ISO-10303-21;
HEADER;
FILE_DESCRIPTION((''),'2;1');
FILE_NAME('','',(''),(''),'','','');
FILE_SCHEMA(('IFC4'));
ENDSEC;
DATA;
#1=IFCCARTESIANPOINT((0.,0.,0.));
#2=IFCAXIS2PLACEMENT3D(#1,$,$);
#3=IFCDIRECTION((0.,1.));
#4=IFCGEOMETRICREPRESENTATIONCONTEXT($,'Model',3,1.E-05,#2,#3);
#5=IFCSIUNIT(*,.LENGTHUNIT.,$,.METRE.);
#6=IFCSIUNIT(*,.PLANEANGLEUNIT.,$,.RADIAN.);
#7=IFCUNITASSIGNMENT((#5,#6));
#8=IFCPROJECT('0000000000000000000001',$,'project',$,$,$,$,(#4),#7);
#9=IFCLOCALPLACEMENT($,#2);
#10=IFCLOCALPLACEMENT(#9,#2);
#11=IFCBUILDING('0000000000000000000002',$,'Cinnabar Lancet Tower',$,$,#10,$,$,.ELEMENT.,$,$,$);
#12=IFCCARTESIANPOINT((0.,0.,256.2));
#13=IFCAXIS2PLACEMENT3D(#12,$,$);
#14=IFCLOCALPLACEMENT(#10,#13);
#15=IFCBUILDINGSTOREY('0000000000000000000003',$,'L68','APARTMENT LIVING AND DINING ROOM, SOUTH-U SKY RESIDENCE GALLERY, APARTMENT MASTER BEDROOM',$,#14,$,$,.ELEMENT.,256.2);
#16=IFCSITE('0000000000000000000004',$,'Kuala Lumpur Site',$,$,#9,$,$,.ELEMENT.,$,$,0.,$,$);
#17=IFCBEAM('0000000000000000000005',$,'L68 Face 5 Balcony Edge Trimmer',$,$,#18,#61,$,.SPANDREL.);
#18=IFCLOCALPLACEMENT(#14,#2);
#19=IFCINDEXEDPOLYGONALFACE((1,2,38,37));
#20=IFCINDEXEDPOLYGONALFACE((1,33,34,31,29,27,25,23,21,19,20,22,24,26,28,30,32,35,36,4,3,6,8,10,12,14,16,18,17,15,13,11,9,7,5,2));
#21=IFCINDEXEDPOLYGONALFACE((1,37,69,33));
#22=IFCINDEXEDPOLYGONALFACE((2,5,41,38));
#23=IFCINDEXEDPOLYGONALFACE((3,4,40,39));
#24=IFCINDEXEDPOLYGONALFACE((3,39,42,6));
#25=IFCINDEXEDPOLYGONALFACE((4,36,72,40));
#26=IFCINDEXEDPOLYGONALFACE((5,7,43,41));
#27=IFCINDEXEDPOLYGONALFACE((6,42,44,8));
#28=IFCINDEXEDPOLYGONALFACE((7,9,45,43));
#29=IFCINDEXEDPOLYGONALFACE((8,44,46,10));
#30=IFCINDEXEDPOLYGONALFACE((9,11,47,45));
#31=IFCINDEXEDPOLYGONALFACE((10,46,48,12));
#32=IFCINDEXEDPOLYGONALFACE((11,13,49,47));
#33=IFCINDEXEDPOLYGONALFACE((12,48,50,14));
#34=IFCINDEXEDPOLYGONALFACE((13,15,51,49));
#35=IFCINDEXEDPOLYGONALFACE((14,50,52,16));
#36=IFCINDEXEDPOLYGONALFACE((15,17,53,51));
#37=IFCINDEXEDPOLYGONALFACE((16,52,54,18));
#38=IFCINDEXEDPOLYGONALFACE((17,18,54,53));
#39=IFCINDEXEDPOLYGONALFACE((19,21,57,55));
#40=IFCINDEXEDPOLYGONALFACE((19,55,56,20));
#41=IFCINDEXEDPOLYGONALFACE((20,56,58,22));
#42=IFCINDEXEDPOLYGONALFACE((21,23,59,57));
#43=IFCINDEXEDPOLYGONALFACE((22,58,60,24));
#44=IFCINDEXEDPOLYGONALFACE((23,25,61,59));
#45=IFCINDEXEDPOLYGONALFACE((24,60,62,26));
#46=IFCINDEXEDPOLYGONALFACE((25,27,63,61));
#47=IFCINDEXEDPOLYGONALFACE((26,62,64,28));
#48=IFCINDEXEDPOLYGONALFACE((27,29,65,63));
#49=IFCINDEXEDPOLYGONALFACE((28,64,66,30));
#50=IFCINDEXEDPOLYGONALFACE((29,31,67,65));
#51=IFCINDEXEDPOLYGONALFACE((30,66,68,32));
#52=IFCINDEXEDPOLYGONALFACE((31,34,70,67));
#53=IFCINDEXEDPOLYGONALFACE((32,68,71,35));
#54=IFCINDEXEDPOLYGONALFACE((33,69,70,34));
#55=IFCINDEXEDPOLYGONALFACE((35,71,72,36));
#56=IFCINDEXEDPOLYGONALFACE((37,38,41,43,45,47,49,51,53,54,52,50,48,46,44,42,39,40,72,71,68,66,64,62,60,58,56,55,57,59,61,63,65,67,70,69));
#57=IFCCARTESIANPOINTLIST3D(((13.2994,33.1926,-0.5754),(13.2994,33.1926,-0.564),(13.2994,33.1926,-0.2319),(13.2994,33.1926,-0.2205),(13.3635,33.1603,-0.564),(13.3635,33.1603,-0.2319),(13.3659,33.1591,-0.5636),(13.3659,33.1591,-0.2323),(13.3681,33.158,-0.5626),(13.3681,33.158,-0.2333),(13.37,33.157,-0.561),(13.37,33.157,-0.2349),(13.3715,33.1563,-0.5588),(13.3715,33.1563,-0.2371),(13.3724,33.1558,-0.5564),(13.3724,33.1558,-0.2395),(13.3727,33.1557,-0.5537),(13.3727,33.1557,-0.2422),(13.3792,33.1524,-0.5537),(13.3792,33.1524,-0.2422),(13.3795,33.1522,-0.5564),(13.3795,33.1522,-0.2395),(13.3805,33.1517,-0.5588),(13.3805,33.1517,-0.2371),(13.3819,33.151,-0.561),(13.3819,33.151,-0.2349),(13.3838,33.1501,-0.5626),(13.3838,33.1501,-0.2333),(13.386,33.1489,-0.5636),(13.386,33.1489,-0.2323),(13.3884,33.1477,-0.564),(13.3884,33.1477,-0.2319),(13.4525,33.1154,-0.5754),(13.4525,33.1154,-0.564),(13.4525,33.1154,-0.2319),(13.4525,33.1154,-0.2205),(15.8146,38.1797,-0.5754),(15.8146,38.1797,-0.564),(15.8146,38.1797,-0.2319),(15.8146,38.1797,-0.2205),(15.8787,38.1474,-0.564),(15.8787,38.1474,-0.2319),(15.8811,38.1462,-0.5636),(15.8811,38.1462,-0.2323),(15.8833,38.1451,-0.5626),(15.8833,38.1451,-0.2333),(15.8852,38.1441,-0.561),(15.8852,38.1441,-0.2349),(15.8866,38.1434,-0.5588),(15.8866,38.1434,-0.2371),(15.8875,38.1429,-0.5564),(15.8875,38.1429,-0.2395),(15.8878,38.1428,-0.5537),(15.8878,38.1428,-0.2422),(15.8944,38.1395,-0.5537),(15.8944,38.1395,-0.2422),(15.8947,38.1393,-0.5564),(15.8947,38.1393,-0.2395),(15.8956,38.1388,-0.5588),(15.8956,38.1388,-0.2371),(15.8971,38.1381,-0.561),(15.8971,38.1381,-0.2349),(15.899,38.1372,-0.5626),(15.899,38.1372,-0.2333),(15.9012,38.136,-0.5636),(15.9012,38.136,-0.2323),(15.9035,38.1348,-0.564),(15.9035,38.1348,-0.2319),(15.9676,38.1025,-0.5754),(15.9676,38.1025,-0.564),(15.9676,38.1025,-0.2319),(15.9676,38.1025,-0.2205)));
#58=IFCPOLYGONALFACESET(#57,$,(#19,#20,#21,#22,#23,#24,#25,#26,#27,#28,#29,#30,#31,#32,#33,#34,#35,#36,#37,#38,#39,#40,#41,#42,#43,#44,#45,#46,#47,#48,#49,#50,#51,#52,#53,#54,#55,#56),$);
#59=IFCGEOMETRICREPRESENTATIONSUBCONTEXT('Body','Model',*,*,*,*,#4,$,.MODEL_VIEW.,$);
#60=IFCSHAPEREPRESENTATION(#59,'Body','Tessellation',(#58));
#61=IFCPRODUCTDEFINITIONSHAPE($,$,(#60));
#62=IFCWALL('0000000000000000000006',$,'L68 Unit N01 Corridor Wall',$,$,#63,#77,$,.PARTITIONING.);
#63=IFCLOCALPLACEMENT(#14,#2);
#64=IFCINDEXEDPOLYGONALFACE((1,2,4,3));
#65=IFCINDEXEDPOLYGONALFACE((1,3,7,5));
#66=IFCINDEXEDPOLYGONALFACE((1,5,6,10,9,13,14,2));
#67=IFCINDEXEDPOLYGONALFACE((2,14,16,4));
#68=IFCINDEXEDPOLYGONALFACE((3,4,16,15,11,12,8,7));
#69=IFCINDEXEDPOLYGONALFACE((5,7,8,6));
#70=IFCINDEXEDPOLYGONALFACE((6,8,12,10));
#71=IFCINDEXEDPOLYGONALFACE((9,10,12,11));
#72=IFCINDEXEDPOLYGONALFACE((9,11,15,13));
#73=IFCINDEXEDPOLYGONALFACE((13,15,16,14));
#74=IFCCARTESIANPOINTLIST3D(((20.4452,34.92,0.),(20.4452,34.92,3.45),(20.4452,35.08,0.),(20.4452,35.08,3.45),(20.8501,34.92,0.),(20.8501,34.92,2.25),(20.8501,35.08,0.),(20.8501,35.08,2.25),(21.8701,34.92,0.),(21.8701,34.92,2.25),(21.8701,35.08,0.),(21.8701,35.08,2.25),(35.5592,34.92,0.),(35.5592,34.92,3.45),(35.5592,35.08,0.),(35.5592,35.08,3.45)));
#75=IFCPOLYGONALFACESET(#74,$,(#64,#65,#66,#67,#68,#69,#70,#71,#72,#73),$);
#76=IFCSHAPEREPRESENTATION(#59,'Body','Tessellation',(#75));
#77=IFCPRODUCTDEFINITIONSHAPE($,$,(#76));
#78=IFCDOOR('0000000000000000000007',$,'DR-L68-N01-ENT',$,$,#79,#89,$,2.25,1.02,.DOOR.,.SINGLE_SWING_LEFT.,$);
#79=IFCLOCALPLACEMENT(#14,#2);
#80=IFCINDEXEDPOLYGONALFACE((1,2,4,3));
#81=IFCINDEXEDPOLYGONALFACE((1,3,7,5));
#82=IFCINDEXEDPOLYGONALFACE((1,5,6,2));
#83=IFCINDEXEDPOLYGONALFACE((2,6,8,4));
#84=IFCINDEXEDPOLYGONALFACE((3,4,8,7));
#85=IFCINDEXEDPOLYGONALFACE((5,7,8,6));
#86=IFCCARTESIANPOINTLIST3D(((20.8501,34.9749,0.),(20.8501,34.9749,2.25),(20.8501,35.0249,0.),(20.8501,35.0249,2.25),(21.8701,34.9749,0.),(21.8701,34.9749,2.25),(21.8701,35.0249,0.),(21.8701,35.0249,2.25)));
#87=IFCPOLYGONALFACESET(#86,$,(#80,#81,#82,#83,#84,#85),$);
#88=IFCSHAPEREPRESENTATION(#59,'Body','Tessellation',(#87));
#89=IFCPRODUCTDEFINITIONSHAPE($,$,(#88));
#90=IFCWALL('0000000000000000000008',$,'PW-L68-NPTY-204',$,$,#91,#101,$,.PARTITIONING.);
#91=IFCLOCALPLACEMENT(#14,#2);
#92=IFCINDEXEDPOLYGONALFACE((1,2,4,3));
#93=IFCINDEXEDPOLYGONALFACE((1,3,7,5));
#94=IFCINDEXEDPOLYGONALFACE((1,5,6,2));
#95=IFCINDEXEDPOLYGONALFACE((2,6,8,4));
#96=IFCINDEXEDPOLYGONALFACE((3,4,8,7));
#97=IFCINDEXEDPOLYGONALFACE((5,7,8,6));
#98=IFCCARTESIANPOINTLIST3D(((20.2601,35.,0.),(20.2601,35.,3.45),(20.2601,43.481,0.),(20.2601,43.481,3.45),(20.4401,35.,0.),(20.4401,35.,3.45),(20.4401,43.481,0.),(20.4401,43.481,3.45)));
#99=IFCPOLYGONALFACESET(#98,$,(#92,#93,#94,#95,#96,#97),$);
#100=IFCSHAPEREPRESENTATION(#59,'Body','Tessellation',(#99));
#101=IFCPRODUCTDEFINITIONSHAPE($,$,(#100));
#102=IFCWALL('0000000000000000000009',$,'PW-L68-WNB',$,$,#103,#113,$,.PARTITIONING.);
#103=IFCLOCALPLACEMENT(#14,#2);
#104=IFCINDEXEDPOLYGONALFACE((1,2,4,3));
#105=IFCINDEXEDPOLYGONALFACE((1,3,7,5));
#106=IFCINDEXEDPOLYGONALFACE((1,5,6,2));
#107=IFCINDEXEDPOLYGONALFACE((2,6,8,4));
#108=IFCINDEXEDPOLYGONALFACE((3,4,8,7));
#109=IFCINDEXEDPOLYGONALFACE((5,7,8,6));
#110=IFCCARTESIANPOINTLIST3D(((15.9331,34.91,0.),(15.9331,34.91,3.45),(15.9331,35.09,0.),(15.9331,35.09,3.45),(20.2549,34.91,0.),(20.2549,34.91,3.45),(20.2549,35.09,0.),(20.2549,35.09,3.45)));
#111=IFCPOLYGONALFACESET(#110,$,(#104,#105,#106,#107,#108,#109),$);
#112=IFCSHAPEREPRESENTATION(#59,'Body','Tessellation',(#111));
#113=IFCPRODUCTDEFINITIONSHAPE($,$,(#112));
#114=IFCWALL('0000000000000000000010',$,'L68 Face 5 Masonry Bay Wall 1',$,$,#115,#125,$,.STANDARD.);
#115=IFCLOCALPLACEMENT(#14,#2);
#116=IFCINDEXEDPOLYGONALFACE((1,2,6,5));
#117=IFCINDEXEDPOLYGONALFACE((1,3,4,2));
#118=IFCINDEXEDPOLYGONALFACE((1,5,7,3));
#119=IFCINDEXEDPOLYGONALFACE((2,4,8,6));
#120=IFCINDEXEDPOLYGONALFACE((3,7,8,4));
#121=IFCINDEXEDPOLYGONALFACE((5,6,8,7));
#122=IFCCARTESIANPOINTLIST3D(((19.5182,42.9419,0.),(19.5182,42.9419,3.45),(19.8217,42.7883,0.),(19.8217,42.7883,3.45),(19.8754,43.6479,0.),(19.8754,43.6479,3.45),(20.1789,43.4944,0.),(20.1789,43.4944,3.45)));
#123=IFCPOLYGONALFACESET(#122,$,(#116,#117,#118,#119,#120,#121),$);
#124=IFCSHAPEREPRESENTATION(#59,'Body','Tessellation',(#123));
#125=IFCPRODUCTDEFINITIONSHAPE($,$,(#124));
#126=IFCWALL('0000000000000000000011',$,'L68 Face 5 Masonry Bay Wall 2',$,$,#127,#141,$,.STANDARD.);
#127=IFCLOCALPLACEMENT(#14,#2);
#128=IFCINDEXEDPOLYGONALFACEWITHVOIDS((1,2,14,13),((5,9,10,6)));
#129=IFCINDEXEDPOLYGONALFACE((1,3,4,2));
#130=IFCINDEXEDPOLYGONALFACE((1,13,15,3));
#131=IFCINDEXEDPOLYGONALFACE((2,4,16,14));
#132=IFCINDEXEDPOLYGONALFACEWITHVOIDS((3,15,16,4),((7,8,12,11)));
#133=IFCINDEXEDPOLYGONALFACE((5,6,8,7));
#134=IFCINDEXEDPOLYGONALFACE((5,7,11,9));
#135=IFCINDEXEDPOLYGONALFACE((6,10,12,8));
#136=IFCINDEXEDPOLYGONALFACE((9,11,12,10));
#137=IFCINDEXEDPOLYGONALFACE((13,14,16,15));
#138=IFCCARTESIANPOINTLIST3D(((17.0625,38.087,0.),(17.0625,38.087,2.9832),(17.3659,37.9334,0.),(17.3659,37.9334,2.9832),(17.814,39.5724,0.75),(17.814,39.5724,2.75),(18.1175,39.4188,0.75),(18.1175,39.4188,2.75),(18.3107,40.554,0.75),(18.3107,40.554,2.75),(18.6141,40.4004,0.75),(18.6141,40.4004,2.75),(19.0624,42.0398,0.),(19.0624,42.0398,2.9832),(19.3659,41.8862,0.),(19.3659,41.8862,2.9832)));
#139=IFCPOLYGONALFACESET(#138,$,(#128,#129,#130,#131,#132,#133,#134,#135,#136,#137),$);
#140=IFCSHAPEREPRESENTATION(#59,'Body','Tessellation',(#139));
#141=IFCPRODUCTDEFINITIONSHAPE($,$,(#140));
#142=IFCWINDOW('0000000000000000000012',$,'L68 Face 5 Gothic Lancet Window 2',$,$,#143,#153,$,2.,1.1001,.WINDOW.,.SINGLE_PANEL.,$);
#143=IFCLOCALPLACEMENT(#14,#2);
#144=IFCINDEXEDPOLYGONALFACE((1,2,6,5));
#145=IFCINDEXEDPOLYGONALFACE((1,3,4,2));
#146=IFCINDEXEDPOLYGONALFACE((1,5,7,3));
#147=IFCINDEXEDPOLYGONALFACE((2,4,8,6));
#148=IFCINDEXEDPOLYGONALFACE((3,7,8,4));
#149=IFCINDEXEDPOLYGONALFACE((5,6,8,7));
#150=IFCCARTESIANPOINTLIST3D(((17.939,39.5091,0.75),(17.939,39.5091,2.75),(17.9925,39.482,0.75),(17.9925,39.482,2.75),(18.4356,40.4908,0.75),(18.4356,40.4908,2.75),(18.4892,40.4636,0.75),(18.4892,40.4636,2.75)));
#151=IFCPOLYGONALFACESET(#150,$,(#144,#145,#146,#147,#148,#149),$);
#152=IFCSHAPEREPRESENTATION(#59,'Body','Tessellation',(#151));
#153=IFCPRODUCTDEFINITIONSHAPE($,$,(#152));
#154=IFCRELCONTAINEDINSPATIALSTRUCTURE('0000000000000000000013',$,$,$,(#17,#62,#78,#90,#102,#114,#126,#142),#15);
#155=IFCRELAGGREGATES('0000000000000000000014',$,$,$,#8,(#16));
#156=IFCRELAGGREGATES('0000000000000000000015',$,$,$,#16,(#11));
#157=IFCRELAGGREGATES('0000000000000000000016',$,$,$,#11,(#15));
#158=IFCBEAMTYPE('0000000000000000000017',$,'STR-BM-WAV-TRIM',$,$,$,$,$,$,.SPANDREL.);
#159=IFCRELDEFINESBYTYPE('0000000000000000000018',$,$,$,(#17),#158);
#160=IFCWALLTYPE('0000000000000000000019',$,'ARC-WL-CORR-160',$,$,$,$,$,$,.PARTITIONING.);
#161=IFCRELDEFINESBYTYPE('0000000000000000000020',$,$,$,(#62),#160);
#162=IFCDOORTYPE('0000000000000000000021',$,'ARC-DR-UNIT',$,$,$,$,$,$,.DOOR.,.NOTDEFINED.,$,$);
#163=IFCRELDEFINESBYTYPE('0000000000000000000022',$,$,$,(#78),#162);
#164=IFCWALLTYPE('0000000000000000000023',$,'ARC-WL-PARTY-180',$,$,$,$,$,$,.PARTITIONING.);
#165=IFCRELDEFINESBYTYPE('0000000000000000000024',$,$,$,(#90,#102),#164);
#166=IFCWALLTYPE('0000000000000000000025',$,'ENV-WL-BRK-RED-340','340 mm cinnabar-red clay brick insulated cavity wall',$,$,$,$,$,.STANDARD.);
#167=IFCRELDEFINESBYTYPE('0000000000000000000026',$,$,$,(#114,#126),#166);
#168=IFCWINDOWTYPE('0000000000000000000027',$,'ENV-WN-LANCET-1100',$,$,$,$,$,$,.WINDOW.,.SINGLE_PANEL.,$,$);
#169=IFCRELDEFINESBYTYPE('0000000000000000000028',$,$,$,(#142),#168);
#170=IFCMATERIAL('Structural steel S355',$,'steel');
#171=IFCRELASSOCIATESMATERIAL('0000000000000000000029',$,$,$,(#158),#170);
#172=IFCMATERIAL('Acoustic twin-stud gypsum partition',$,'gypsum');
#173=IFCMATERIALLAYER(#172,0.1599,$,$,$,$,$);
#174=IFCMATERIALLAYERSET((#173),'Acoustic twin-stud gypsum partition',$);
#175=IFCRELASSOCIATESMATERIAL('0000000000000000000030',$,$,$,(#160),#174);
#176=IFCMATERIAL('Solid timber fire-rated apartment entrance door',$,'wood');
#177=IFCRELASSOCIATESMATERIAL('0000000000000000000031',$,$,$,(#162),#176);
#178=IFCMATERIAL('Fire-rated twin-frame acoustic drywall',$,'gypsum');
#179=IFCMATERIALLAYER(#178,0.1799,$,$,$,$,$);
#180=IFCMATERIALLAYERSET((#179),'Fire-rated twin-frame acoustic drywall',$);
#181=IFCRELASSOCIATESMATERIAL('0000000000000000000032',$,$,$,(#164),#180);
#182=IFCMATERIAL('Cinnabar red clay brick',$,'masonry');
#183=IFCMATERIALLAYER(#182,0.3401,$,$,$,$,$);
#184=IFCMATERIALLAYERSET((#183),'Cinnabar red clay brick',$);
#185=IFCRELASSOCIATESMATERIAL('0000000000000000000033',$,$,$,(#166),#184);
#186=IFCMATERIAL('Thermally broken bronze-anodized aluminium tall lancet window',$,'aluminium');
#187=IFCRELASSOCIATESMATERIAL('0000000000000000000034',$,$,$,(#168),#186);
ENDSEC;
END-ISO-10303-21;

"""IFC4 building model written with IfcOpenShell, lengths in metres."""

from ifc_helpers import new_model, si_unit, direction, frame, frame_2d, origin, origin_2d, place, context, subcontext, project, spatial, rectangle, i_section, extrude, material, layer, layer_set, material_profile, profile_set, type_object, element, fill, save


model = new_model("IFC4")

# Units and contexts
model_context = context("Model", 3, precision=1e-05, world=origin(), true_north=direction((0.0, 1.0)))
body_context = subcontext(model_context, "Body", "Model", "MODEL_VIEW")
ifc_project = project(units=[si_unit("LENGTHUNIT", "METRE"), si_unit("PLANEANGLEUNIT", "RADIAN")], contexts=[model_context])

# Site, building, storey
site_placement = place(None, origin())
site = spatial("IfcSite", under=ifc_project, at=site_placement, Name="Kuala Lumpur Site", CompositionType="ELEMENT", RefElevation=0.0)
building_placement = place(site_placement, origin())
building = spatial("IfcBuilding", under=site, at=building_placement, Name="Cinnabar Lancet Tower", CompositionType="ELEMENT")
storey_placement = place(building_placement, frame((0.0, 0.0, 256.2)))
storey = spatial("IfcBuildingStorey", under=building, at=storey_placement, Name="L68", Description="APARTMENT LIVING AND DINING ROOM, SOUTH-U SKY RESIDENCE GALLERY, APARTMENT MASTER BEDROOM", CompositionType="ELEMENT", Elevation=256.2)

# Beam
ifc_material_1 = material(Name="Structural steel S355", Category="steel")
ifc_material_profile_1 = material_profile(ifc_material_1, i_section(OverallWidth=0.1714, OverallDepth=0.355, WebThickness=0.0073, FlangeThickness=0.0115, FilletRadius=0.0103, at=origin_2d()), Name="UKB 356x171x51")
ifc_profile_set_1 = profile_set([ifc_material_profile_1], Name="Structural steel S355")
beam_type_1 = type_object("IfcBeamType", Name="STR-BM-WAV-TRIM", PredefinedType="SPANDREL", material=ifc_profile_set_1)
beam_1_placement = place(storey_placement, frame((15.8911, 38.1411, -0.3979), z_axis=(-0.450306, -0.892874, 0.0), x_axis=(0.892874, -0.450306, 0.0)))
element("IfcBeam", 1, at=beam_1_placement, inside=storey, type_object=beam_type_1, Name="L68 Face 5 Balcony Edge Trimmer", PredefinedType="SPANDREL", context=body_context, shape_type="SweptSolid", body=[
    extrude(i_section(OverallWidth=0.1714, OverallDepth=0.355, WebThickness=0.0073, FlangeThickness=0.0115, FilletRadius=0.0103, at=origin_2d()), origin(), (0.0, 0.0, 1.0), 5.5854),
])

# Wall, opening, door
ifc_material_2 = material(Name="Acoustic twin-stud gypsum partition", Category="gypsum")
ifc_layer_1 = layer(ifc_material_2, 0.1599)
ifc_layer_set_1 = layer_set([ifc_layer_1], Name="Acoustic twin-stud gypsum partition")
wall_type_1 = type_object("IfcWallType", Name="ARC-WL-CORR-160", PredefinedType="PARTITIONING", material=ifc_layer_set_1)
wall_1_placement = place(storey_placement, frame((20.4451, 35.0, 0.0), z_axis=(0.0, 0.0, 1.0), x_axis=(1.0, 0.0, 0.0)))
wall_1 = element("IfcWall", 2, at=wall_1_placement, inside=storey, type_object=wall_type_1, Name="L68 Unit N01 Corridor Wall", PredefinedType="PARTITIONING", context=body_context, shape_type="SweptSolid", body=[
    extrude(rectangle(XDim=15.114, YDim=0.1599, at=frame_2d((7.5571, 0.0))), origin(), (0.0, 0.0, 1.0), 3.45),
])
opening_1_placement = place(wall_1_placement, frame((0.405, 0.0, 0.0)))
opening_1 = element("IfcOpeningElement", 3, at=opening_1_placement, cuts=wall_1, PredefinedType="OPENING", context=body_context, shape_type="SweptSolid", body=[
    extrude(rectangle(XDim=1.02, YDim=2.25, at=frame_2d((0.51, 1.125))), frame((0.0, 0.0898, 0.0), z_axis=(0.0, -1.0, 0.0), x_axis=(1.0, 0.0, 0.0)), (0.0, 0.0, 1.0), 0.1799),
])
ifc_material_3 = material(Name="Solid timber fire-rated apartment entrance door", Category="wood")
door_type_1 = type_object("IfcDoorType", Name="ARC-DR-UNIT", OperationType="NOTDEFINED", PredefinedType="DOOR", material=ifc_material_3)
door_1_placement = place(opening_1_placement, origin())
door_1 = element("IfcDoor", 4, at=door_1_placement, inside=storey, type_object=door_type_1, Name="DR-L68-N01-ENT", OperationType="SINGLE_SWING_LEFT", OverallHeight=2.25, OverallWidth=1.02, PredefinedType="DOOR", context=body_context, shape_type="SweptSolid", body=[
    extrude(rectangle(XDim=1.02, YDim=2.25, at=frame_2d((0.51, 1.125))), frame((0.0, 0.0249, 0.0), z_axis=(0.0, -1.0, 0.0), x_axis=(1.0, 0.0, 0.0)), (0.0, 0.0, 1.0), 0.05),
])
fill(opening_1, door_1)

# Walls
ifc_material_4 = material(Name="Fire-rated twin-frame acoustic drywall", Category="gypsum")
ifc_layer_2 = layer(ifc_material_4, 0.1799)
ifc_layer_set_2 = layer_set([ifc_layer_2], Name="Fire-rated twin-frame acoustic drywall")
wall_type_2 = type_object("IfcWallType", Name="ARC-WL-PARTY-180", PredefinedType="PARTITIONING", material=ifc_layer_set_2)
wall_2_placement = place(storey_placement, frame((20.3501, 35.0, 0.0), z_axis=(0.0, 0.0, 1.0), x_axis=(0.0, 1.0, 0.0)))
element("IfcWall", 5, at=wall_2_placement, inside=storey, type_object=wall_type_2, Name="PW-L68-NPTY-204", PredefinedType="PARTITIONING", context=body_context, shape_type="SweptSolid", body=[
    extrude(rectangle(XDim=8.481, YDim=0.1799, at=frame_2d((4.2405, 0.0))), origin(), (0.0, 0.0, 1.0), 3.45),
])
wall_3_placement = place(storey_placement, frame((15.9331, 35.0, 0.0), z_axis=(0.0, 0.0, 1.0), x_axis=(1.0, 0.0, 0.0)))
element("IfcWall", 6, at=wall_3_placement, inside=storey, type_object=wall_type_2, Name="PW-L68-WNB", PredefinedType="PARTITIONING", context=body_context, shape_type="SweptSolid", body=[
    extrude(rectangle(XDim=4.3218, YDim=0.1799, at=frame_2d((2.1609, 0.0))), origin(), (0.0, 0.0, 1.0), 3.45),
])
ifc_material_5 = material(Name="Cinnabar red clay brick", Category="masonry")
ifc_layer_3 = layer(ifc_material_5, 0.3401)
ifc_layer_set_3 = layer_set([ifc_layer_3], Name="Cinnabar red clay brick")
wall_type_3 = type_object("IfcWallType", Name="ENV-WL-BRK-RED-340", Description="340 mm cinnabar-red clay brick insulated cavity wall", PredefinedType="STANDARD", material=ifc_layer_set_3)
wall_4_placement = place(storey_placement, frame((20.0271, 43.571, 0.0), z_axis=(0.0, 0.0, 1.0), x_axis=(-0.451405, -0.892319, 0.0)))
element("IfcWall", 7, at=wall_4_placement, inside=storey, type_object=wall_type_3, Name="L68 Face 5 Masonry Bay Wall 1", PredefinedType="STANDARD", context=body_context, shape_type="SweptSolid", body=[
    extrude(rectangle(XDim=0.7913, YDim=0.3401, at=frame_2d((0.3955, 0.0))), origin(), (0.0, 0.0, 1.0), 3.45),
])

# Wall, opening, window
wall_5_placement = place(storey_placement, frame((19.2141, 41.9629, 0.0), z_axis=(0.0, 0.0, 1.0), x_axis=(-0.451463, -0.89229, 0.0)))
wall_5 = element("IfcWall", 8, at=wall_5_placement, inside=storey, type_object=wall_type_3, Name="L68 Face 5 Masonry Bay Wall 2", PredefinedType="STANDARD", context=body_context, shape_type="SweptSolid", body=[
    extrude(rectangle(XDim=4.4299, YDim=0.3401, at=frame_2d((2.2148, 0.0))), origin(), (0.0, 0.0, 1.0), 2.9832),
])
opening_2_placement = place(wall_5_placement, frame((1.665, 0.0, 0.75)))
opening_2 = element("IfcOpeningElement", 9, at=opening_2_placement, cuts=wall_5, PredefinedType="OPENING", context=body_context, shape_type="SweptSolid", body=[
    extrude(rectangle(XDim=1.1001, YDim=2.0, at=frame_2d((0.55, 1.0))), frame((0.0, 0.1799, 0.0), z_axis=(0.0, -1.0, 0.0), x_axis=(1.0, 0.0, 0.0)), (0.0, 0.0, 1.0), 0.3601),
])
ifc_material_6 = material(Name="Thermally broken bronze-anodized aluminium tall lancet window", Category="aluminium")
window_type = type_object("IfcWindowType", Name="ENV-WN-LANCET-1100", PartitioningType="SINGLE_PANEL", PredefinedType="WINDOW", material=ifc_material_6)
window_1_placement = place(opening_2_placement, origin())
window_1 = element("IfcWindow", 10, at=window_1_placement, inside=storey, type_object=window_type, Name="L68 Face 5 Gothic Lancet Window 2", OverallHeight=2.0, OverallWidth=1.1001, PartitioningType="SINGLE_PANEL", PredefinedType="WINDOW", context=body_context, shape_type="SweptSolid", body=[
    extrude(rectangle(XDim=1.1001, YDim=2.0, at=frame_2d((0.55, 1.0))), frame((0.0, 0.03, 0.0), z_axis=(0.0, -1.0, 0.0), x_axis=(1.0, 0.0, 0.0)), (0.0, 0.0, 1.0), 0.0601),
])
fill(opening_2, window_1)

save(model, "model.ifc")
